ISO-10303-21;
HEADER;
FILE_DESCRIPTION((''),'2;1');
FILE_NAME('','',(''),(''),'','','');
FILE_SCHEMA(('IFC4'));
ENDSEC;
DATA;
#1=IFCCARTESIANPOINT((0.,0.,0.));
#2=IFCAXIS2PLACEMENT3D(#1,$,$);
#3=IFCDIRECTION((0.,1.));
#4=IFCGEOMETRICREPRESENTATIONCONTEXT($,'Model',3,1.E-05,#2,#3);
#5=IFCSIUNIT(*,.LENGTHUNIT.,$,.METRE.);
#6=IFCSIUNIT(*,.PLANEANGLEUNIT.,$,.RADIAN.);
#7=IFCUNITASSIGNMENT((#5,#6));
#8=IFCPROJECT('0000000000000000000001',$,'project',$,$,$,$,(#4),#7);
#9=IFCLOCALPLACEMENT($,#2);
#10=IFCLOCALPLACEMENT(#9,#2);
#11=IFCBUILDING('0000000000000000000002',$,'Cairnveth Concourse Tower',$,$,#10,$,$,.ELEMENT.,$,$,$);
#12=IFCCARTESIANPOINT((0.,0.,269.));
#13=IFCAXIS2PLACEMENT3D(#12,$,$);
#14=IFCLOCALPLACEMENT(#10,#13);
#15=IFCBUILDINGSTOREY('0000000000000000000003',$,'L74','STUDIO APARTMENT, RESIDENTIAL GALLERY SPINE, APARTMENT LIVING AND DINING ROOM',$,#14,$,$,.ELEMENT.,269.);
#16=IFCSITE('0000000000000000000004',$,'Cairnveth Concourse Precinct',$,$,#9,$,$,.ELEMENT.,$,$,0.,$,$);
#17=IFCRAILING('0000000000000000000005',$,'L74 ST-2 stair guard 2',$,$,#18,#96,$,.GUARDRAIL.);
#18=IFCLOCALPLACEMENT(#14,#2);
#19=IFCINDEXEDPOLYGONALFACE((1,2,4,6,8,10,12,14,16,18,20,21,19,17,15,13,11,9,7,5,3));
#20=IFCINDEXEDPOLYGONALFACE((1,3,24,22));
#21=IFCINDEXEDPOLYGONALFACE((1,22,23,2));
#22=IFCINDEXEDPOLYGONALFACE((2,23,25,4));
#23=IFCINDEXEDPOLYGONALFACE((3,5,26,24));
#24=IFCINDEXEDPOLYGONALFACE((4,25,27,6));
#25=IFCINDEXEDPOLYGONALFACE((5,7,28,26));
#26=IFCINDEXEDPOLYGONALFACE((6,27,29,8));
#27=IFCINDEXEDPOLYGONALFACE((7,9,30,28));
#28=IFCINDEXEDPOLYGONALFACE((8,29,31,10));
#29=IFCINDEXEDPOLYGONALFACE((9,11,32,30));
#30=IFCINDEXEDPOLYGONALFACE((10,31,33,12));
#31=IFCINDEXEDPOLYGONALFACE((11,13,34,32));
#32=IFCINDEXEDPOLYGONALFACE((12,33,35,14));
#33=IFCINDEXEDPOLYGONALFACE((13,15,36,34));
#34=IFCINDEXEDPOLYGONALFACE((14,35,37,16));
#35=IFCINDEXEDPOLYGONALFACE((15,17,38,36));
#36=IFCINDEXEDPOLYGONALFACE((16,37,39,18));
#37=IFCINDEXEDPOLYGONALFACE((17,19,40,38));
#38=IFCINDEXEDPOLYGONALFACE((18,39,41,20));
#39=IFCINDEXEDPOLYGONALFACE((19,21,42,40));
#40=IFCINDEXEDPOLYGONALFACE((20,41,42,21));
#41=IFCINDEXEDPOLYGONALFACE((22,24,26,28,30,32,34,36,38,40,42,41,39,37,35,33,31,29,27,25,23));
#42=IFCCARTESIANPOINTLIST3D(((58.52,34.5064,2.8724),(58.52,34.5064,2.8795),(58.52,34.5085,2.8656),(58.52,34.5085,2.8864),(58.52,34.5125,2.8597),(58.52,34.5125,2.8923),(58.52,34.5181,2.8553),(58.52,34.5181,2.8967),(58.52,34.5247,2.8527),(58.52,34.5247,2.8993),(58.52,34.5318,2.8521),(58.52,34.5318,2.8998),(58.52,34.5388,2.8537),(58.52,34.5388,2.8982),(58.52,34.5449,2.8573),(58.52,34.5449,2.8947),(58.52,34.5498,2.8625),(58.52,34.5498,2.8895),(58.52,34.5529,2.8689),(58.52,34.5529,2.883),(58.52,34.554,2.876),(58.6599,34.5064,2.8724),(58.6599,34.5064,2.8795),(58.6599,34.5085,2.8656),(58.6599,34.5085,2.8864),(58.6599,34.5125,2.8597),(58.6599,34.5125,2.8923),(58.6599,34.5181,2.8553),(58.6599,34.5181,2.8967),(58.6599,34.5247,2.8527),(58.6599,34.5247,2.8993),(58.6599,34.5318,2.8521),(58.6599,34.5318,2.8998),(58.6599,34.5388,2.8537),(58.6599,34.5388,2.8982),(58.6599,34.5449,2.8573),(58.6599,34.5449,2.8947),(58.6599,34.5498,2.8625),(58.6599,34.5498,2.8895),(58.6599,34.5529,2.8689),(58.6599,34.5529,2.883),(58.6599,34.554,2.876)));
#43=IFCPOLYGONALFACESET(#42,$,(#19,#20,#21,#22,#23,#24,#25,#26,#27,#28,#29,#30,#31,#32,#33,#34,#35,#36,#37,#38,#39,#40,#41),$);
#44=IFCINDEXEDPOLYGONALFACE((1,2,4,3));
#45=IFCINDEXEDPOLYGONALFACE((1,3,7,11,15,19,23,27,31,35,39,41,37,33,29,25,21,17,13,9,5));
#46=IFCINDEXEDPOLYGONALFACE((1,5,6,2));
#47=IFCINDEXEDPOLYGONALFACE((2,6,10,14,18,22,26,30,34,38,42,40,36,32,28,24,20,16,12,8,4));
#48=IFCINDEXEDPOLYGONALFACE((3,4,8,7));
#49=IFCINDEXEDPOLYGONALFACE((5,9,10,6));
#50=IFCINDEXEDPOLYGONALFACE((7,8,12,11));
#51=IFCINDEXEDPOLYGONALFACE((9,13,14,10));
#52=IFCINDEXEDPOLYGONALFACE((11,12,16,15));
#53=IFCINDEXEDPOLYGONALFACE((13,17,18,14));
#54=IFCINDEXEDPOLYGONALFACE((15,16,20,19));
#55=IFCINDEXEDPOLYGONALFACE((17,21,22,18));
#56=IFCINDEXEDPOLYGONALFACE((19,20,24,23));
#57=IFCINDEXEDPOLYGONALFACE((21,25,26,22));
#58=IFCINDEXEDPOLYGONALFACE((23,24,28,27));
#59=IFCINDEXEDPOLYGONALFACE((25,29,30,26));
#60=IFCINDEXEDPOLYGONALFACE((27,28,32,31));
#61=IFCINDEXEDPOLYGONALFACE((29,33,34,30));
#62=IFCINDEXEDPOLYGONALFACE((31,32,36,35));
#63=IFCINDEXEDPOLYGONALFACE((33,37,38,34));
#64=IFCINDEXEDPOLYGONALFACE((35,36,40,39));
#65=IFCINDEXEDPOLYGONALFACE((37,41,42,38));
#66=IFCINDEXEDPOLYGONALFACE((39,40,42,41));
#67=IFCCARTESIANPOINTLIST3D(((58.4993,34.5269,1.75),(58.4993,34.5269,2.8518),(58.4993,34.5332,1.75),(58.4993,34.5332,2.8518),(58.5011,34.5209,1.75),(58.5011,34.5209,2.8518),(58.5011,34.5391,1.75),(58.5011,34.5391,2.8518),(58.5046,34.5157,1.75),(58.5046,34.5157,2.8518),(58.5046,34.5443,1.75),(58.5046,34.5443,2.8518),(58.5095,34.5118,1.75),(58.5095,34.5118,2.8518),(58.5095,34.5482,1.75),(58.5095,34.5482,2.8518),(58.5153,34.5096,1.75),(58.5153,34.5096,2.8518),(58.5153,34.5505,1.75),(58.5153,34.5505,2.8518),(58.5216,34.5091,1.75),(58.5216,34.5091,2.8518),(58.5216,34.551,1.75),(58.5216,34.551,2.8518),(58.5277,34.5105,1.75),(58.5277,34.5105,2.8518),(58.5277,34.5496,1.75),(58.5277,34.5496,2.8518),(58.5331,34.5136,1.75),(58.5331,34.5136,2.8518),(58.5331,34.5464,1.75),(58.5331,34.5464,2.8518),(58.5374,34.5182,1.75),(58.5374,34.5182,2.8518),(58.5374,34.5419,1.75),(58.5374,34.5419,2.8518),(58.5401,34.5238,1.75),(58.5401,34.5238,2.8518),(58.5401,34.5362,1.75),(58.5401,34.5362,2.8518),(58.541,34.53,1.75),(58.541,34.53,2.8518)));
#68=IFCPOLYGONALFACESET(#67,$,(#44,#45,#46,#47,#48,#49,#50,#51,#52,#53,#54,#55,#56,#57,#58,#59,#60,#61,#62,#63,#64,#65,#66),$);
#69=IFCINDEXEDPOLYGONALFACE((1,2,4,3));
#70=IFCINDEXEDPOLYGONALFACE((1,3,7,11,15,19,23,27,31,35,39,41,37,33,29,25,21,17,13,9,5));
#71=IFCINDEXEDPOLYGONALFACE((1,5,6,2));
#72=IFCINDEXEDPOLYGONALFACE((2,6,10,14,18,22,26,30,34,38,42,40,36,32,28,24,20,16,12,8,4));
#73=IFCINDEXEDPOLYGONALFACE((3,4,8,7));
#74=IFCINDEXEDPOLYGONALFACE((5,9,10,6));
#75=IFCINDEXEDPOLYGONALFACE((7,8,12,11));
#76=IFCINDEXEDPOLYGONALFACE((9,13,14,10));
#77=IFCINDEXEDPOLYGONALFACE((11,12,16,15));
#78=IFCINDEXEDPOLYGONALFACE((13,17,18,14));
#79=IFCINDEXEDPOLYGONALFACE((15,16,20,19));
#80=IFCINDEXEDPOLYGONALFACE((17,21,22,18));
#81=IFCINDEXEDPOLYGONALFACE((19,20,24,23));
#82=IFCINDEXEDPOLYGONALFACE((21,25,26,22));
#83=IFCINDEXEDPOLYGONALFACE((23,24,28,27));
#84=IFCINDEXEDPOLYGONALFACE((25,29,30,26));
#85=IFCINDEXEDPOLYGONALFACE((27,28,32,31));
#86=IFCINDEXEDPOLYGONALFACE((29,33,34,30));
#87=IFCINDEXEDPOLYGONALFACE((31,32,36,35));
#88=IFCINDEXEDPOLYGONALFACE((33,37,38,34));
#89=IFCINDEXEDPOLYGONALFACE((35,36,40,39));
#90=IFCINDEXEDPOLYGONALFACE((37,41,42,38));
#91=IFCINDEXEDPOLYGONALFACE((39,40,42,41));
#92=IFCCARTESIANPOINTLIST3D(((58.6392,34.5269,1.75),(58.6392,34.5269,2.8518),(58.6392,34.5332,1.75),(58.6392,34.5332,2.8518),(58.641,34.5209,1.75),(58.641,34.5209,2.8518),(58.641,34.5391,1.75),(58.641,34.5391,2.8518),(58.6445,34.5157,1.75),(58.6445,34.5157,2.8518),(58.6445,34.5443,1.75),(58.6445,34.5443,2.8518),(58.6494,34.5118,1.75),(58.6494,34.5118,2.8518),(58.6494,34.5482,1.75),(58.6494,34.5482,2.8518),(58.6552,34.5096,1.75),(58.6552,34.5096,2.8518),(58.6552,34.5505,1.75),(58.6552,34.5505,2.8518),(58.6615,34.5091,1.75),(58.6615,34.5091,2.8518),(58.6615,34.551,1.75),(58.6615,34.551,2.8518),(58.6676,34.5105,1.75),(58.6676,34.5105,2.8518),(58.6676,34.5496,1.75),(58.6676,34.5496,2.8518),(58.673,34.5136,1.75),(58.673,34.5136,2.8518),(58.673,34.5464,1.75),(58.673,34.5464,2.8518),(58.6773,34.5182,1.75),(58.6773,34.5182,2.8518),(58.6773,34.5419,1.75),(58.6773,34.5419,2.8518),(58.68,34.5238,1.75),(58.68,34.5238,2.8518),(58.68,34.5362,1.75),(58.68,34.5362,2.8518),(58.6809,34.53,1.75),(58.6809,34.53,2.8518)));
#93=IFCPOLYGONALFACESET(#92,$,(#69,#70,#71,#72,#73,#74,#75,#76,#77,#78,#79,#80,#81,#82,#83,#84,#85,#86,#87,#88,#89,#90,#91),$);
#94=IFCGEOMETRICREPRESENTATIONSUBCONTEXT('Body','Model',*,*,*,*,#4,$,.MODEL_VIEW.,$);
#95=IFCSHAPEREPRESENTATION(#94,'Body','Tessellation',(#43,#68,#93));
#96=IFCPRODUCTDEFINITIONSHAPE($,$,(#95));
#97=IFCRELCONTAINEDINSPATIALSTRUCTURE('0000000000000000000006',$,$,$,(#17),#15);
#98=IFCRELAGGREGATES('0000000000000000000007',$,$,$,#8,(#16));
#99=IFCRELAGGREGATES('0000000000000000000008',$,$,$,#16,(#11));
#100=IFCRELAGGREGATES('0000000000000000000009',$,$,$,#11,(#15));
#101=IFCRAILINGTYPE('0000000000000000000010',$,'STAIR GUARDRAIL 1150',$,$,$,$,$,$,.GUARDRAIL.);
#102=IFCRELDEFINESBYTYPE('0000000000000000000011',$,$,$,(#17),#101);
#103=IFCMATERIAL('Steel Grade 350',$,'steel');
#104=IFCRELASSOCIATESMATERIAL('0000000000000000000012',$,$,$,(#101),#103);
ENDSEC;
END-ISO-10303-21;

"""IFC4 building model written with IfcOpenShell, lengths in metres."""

from ifc_helpers import new_model, si_unit, direction, frame, origin, origin_2d, place, context, subcontext, project, spatial, circle, extrude, material, type_object, element, save


model = new_model("IFC4")

# Units and contexts
model_context = context("Model", 3, precision=1e-05, world=origin(), true_north=direction((0.0, 1.0)))
body_context = subcontext(model_context, "Body", "Model", "MODEL_VIEW")
ifc_project = project(units=[si_unit("LENGTHUNIT", "METRE"), si_unit("PLANEANGLEUNIT", "RADIAN")], contexts=[model_context])

# Site, building, storey
site_placement = place(None, origin())
site = spatial("IfcSite", under=ifc_project, at=site_placement, Name="Cairnveth Concourse Precinct", CompositionType="ELEMENT", RefElevation=0.0)
building_placement = place(site_placement, origin())
building = spatial("IfcBuilding", under=site, at=building_placement, Name="Cairnveth Concourse Tower", CompositionType="ELEMENT")
storey_placement = place(building_placement, frame((0.0, 0.0, 269.0)))
storey = spatial("IfcBuildingStorey", under=building, at=storey_placement, Name="L74", Description="STUDIO APARTMENT, RESIDENTIAL GALLERY SPINE, APARTMENT LIVING AND DINING ROOM", CompositionType="ELEMENT", Elevation=269.0)

# Shared definitions
ifc_material_1 = material(Name="Steel Grade 350", Category="steel")

# Railing
railing_type_1 = type_object("IfcRailingType", Name="STAIR GUARDRAIL 1150", PredefinedType="GUARDRAIL", material=ifc_material_1)
railing_1_placement = place(storey_placement, frame((58.52, 34.53, 1.75)))
element("IfcRailing", 1, at=railing_1_placement, inside=storey, type_object=railing_type_1, Name="L74 ST-2 stair guard 2", PredefinedType="GUARDRAIL", context=body_context, shape_type="SweptSolid", body=[
    extrude(circle(Radius=0.0239, at=origin_2d()), frame((0.0, 0.0, 1.126), z_axis=(1.0, 0.0, 0.0), x_axis=(0.0, 1.0, 0.0)), (0.0, 0.0, 1.0), 0.1399),
    extrude(circle(Radius=0.021, at=origin_2d()), origin(), (0.0, 0.0, 1.0), 1.1018),
    extrude(circle(Radius=0.021, at=origin_2d()), frame((0.1399, 0.0, 0.0)), (0.0, 0.0, 1.0), 1.1018),
])

save(model, "model.ifc")
